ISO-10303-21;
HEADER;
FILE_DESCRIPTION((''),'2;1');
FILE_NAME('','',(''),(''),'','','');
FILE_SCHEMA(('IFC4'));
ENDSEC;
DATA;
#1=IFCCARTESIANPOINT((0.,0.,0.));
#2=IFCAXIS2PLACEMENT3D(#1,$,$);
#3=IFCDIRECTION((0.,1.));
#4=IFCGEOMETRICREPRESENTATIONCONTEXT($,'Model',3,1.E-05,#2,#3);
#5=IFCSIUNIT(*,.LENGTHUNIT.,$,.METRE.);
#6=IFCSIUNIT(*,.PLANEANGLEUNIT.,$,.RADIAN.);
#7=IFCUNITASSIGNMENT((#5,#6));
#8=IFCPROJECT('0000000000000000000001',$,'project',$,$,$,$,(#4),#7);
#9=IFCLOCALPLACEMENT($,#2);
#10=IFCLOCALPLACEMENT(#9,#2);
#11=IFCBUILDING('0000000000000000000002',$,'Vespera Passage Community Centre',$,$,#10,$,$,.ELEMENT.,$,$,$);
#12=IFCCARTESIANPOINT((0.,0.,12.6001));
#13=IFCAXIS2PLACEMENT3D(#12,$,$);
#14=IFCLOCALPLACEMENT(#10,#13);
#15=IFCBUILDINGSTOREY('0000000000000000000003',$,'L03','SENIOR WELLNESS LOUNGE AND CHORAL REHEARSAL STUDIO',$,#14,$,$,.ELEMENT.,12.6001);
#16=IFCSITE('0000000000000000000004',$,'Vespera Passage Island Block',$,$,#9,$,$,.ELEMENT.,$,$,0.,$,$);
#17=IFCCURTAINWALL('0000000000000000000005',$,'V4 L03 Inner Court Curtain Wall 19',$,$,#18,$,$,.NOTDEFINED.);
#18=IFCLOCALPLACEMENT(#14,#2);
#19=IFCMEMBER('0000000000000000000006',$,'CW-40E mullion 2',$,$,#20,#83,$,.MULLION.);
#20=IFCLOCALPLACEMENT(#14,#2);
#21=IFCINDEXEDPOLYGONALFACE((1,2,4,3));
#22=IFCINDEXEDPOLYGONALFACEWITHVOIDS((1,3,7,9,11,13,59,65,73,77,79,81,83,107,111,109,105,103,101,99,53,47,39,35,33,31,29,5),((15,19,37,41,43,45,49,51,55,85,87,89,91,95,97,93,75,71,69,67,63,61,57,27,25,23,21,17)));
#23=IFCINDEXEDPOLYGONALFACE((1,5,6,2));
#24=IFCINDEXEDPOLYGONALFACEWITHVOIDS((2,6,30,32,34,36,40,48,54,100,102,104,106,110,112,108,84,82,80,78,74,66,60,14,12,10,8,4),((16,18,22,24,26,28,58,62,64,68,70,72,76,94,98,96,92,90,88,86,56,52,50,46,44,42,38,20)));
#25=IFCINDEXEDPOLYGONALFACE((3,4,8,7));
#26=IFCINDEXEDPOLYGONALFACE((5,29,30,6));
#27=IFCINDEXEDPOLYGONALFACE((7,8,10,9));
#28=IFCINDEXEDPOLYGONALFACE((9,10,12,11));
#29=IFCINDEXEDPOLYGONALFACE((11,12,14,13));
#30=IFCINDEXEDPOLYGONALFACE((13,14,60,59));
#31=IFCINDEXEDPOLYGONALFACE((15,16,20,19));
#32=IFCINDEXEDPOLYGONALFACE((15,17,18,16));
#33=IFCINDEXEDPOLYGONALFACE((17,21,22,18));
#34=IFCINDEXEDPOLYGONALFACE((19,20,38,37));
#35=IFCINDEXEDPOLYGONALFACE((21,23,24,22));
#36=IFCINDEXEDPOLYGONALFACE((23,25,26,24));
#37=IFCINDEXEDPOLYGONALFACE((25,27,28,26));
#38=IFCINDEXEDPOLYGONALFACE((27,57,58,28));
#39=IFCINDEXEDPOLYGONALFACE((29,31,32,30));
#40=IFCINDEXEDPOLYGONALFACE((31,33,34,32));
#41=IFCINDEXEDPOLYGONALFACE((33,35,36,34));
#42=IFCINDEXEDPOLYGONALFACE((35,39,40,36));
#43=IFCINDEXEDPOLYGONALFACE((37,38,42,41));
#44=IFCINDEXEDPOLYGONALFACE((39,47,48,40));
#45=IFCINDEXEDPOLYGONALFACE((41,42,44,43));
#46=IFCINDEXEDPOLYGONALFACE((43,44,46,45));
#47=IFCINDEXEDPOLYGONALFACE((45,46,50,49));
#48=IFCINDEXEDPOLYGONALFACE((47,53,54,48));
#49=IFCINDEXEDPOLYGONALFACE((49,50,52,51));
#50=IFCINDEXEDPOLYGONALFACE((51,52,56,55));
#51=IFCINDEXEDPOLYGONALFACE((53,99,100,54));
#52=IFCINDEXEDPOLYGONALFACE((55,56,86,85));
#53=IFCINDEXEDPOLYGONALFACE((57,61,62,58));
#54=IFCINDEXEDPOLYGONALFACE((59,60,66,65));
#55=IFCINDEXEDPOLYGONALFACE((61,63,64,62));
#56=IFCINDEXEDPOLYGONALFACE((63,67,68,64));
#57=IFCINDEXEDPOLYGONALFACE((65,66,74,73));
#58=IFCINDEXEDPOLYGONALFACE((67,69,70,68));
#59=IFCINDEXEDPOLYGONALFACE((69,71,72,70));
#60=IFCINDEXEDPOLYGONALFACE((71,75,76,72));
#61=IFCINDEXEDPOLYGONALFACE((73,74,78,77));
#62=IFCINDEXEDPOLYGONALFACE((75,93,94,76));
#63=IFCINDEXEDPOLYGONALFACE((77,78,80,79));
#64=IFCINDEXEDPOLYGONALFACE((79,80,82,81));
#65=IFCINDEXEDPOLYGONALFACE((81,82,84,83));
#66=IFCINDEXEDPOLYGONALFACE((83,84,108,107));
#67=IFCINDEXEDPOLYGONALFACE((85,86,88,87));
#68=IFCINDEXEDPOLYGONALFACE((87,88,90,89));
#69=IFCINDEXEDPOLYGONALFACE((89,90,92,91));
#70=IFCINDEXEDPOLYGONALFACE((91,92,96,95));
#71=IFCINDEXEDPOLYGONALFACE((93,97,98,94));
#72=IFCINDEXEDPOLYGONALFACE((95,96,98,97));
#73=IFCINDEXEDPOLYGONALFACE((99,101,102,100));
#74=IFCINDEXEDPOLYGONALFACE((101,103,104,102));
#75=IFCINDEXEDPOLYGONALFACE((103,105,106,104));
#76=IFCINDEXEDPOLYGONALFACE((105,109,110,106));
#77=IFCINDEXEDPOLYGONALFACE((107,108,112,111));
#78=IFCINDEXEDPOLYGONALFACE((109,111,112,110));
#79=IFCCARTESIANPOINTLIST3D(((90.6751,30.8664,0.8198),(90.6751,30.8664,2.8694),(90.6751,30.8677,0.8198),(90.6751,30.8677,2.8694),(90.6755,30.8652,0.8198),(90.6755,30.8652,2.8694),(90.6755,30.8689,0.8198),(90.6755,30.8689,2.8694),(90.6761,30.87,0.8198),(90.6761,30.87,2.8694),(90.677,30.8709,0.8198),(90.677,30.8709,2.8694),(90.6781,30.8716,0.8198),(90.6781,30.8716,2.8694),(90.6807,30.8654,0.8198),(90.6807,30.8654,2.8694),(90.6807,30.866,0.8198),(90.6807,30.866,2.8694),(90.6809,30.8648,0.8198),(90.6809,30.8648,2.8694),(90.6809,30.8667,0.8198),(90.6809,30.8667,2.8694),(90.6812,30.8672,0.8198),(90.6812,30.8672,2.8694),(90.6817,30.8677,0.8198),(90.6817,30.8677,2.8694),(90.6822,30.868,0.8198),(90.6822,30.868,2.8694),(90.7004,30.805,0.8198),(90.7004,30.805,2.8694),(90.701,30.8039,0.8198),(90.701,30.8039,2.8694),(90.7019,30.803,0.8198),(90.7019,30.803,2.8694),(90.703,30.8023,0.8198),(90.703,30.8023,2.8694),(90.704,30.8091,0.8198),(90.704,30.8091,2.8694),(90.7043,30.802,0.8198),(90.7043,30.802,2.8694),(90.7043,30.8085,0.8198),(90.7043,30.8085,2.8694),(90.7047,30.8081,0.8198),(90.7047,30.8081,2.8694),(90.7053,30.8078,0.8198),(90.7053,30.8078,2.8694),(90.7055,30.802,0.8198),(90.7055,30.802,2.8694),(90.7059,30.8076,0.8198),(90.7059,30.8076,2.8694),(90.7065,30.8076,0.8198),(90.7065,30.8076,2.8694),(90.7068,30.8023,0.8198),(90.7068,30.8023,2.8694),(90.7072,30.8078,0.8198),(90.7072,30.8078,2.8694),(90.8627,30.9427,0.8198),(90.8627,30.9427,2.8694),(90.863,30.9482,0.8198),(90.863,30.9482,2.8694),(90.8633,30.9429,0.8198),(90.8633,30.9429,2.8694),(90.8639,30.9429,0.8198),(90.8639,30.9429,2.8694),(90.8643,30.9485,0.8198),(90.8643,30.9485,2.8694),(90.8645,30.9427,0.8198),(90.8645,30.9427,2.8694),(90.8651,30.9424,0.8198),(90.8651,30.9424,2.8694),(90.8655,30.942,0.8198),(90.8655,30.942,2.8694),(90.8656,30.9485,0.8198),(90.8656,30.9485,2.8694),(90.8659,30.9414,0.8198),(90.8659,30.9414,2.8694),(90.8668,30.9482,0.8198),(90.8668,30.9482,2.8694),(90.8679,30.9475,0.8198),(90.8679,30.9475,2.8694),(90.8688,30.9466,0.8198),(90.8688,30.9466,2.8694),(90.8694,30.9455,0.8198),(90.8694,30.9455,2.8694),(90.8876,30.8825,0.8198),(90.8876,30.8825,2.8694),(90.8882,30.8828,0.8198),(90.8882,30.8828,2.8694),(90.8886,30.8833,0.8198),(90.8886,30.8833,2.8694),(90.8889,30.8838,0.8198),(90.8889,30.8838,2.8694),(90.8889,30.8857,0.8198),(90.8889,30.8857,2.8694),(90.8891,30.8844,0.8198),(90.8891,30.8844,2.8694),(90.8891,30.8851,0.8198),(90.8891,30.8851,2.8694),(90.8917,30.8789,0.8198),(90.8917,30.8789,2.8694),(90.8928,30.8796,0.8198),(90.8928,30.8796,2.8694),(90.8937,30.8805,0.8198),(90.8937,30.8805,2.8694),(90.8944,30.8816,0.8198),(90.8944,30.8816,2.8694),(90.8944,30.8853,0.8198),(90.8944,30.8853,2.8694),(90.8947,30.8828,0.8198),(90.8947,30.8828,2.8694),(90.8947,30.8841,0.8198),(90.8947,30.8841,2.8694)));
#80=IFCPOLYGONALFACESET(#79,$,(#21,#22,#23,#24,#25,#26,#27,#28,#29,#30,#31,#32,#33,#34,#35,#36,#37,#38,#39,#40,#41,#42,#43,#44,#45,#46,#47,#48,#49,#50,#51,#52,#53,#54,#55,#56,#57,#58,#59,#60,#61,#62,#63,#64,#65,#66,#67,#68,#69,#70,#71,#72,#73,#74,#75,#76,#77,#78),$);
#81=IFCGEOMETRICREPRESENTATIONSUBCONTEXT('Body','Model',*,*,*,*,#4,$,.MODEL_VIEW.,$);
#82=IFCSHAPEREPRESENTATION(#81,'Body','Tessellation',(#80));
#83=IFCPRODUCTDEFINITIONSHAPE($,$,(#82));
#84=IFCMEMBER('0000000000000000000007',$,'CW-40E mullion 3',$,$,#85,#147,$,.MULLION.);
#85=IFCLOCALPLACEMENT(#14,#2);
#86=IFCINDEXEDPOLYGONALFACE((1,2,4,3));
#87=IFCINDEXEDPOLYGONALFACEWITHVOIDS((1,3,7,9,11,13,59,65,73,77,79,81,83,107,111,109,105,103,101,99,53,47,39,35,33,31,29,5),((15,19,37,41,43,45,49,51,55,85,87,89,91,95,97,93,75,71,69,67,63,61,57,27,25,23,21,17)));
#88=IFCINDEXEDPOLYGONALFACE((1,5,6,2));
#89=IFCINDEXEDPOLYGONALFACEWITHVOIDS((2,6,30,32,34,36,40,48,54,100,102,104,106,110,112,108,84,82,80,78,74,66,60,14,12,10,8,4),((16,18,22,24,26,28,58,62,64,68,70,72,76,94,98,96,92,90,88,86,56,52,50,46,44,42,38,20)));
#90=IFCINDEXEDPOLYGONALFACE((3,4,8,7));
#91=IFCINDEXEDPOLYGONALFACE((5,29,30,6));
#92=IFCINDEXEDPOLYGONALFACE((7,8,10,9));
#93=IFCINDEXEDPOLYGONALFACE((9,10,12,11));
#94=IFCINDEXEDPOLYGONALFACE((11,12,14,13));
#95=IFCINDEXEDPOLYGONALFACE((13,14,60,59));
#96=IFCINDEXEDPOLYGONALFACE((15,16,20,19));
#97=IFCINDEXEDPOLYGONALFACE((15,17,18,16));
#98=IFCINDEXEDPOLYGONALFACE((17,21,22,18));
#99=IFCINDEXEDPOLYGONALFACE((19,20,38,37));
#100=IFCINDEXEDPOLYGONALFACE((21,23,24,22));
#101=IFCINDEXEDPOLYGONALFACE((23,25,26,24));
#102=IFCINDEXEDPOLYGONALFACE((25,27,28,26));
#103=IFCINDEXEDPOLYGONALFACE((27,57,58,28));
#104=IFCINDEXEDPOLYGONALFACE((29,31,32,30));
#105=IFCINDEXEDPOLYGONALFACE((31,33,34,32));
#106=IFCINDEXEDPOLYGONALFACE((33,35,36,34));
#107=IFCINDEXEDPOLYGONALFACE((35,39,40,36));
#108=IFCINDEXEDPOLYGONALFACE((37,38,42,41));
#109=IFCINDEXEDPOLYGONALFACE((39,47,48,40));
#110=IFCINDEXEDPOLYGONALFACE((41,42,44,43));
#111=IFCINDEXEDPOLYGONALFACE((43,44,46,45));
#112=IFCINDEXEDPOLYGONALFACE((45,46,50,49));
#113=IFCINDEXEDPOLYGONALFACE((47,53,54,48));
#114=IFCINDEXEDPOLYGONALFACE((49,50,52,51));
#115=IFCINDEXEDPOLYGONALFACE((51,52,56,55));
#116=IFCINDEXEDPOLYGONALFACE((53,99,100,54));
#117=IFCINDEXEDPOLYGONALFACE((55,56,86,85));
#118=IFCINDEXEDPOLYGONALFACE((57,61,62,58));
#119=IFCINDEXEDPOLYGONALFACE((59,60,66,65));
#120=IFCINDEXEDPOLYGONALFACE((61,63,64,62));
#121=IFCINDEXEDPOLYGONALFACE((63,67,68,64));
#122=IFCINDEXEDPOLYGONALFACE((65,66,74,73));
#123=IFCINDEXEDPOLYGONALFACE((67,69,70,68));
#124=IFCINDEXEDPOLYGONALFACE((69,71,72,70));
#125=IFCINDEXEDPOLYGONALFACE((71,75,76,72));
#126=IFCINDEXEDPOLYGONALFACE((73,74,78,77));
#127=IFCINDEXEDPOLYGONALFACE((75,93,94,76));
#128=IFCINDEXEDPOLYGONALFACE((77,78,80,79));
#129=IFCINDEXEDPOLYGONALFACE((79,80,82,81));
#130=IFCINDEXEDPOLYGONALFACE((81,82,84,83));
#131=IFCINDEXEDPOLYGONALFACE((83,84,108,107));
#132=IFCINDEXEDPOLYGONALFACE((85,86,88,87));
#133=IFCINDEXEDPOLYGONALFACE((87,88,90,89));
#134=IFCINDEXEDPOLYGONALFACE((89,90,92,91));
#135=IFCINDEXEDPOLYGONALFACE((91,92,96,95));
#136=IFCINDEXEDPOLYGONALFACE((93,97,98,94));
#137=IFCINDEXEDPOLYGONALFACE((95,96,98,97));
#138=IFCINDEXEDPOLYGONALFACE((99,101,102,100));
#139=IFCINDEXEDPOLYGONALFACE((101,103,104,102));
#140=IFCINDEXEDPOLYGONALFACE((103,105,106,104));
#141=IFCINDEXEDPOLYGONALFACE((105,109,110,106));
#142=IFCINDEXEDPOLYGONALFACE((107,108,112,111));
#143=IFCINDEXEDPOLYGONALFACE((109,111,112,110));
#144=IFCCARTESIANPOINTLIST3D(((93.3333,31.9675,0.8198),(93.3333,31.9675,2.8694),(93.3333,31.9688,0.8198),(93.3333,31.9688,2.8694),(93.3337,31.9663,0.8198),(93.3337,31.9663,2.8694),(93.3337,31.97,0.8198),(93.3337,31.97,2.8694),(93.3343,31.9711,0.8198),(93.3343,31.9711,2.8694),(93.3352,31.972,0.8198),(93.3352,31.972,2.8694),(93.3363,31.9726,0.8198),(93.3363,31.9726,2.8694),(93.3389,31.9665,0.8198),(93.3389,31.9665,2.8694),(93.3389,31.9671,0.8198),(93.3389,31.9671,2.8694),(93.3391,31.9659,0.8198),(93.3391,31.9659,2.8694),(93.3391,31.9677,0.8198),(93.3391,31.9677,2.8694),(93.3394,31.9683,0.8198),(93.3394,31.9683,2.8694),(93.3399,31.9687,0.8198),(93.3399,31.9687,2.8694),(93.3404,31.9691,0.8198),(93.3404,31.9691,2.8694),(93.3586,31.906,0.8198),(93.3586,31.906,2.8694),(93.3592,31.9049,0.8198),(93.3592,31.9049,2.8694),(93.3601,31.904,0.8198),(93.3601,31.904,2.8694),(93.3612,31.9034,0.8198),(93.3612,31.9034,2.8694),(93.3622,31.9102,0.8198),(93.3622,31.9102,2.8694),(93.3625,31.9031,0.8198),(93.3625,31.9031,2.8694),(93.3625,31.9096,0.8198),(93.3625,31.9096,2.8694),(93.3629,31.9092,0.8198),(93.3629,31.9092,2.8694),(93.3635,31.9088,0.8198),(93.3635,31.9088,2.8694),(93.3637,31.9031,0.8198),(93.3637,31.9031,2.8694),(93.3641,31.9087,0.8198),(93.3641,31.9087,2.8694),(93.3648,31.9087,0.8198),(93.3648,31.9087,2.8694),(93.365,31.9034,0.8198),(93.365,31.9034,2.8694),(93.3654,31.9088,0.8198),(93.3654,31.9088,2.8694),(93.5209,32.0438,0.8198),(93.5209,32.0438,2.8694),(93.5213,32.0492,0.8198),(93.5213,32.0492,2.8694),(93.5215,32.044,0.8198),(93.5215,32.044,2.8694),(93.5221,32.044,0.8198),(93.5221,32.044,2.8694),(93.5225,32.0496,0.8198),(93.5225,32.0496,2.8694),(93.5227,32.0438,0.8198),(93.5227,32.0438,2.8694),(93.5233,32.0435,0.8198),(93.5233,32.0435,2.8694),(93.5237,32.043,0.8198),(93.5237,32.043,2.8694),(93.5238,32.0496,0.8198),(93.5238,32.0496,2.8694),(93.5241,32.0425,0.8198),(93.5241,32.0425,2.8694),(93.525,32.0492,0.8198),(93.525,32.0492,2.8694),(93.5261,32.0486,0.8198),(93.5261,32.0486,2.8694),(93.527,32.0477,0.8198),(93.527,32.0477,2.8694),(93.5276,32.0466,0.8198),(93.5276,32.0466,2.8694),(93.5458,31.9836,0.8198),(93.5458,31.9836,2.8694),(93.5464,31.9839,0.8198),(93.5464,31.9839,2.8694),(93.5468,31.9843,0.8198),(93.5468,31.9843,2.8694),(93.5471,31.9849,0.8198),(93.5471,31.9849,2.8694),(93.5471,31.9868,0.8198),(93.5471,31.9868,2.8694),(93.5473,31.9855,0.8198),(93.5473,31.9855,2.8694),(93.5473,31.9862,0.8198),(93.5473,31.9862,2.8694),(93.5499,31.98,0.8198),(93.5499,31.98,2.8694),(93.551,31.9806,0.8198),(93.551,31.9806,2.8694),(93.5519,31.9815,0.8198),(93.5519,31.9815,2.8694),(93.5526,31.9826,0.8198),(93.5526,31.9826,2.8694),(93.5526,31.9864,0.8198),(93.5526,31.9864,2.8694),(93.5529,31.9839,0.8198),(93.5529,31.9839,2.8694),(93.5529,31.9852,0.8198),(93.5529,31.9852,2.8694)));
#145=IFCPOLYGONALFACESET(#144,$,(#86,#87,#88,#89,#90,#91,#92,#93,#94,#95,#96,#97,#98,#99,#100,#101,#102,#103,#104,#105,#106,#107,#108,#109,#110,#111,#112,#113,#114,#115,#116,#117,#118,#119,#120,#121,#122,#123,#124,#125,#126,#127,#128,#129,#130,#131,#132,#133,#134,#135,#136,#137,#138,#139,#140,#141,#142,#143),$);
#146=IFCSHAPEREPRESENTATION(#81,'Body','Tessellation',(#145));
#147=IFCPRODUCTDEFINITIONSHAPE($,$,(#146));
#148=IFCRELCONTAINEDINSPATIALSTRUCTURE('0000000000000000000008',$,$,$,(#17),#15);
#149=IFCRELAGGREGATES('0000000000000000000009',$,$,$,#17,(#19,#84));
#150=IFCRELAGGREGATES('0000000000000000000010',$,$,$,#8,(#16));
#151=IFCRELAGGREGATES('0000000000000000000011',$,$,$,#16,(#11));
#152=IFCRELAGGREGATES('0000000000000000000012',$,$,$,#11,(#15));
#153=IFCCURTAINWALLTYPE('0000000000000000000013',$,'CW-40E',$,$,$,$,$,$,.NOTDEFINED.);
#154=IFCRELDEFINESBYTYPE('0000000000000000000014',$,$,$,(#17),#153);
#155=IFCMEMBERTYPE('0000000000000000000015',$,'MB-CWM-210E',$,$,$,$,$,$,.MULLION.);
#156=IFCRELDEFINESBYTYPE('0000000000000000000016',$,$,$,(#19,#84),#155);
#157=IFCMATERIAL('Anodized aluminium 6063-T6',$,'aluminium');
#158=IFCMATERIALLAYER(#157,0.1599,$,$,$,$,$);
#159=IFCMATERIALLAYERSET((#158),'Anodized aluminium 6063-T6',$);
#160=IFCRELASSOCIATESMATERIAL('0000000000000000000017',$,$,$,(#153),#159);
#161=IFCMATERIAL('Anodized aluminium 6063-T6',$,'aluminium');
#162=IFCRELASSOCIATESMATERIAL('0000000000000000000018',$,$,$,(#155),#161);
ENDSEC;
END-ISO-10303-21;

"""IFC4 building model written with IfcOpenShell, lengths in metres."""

from ifc_helpers import new_model, si_unit, direction, frame, origin, origin_2d, place, context, subcontext, project, spatial, hollow_rectangle, extrude, material, layer, layer_set, material_profile, profile_set, type_object, element, aggregate, save


model = new_model("IFC4")

# Units and contexts
model_context = context("Model", 3, precision=1e-05, world=origin(), true_north=direction((0.0, 1.0)))
body_context = subcontext(model_context, "Body", "Model", "MODEL_VIEW")
ifc_project = project(units=[si_unit("LENGTHUNIT", "METRE"), si_unit("PLANEANGLEUNIT", "RADIAN")], contexts=[model_context])

# Site, building, storey
site_placement = place(None, origin())
site = spatial("IfcSite", under=ifc_project, at=site_placement, Name="Vespera Passage Island Block", CompositionType="ELEMENT", RefElevation=0.0)
building_placement = place(site_placement, origin())
building = spatial("IfcBuilding", under=site, at=building_placement, Name="Vespera Passage Community Centre", CompositionType="ELEMENT")
storey_placement = place(building_placement, frame((0.0, 0.0, 12.6001)))
storey = spatial("IfcBuildingStorey", under=building, at=storey_placement, Name="L03", Description="SENIOR WELLNESS LOUNGE AND CHORAL REHEARSAL STUDIO", CompositionType="ELEMENT", Elevation=12.6001)

# Curtain wall, members
ifc_material_1 = material(Name="Anodized aluminium 6063-T6", Category="aluminium")
ifc_layer_1 = layer(ifc_material_1, 0.1599)
ifc_layer_set_1 = layer_set([ifc_layer_1], Name="Anodized aluminium 6063-T6")
curtain_wall_type = type_object("IfcCurtainWallType", Name="CW-40E", PredefinedType="NOTDEFINED", material=ifc_layer_set_1)
ifc_material_2 = material(Name="Anodized aluminium 6063-T6", Category="aluminium")
ifc_material_profile_1 = material_profile(ifc_material_2, hollow_rectangle(XDim=0.075, YDim=0.21, WallThickness=0.0049, InnerFilletRadius=0.0024, OuterFilletRadius=0.0049, at=origin_2d()), Name="ALU210X75X5")
ifc_profile_set_1 = profile_set([ifc_material_profile_1], Name="Anodized aluminium 6063-T6")
member_type_1 = type_object("IfcMemberType", Name="MB-CWM-210E", PredefinedType="MULLION", material=ifc_profile_set_1)
curtain_wall_1_placement = place(storey_placement, origin())
curtain_wall_1 = element("IfcCurtainWall", 1, at=curtain_wall_1_placement, inside=storey, type_object=curtain_wall_type, Name="V4 L03 Inner Court Curtain Wall 19", PredefinedType="NOTDEFINED")
member_1_placement = place(storey_placement, frame((90.7849, 30.8752, 0.8198), z_axis=(0.0, 0.0, 1.0), x_axis=(-0.38269, 0.923877, 0.0)))
member_1 = element("IfcMember", 2, at=member_1_placement, type_object=member_type_1, Name="CW-40E mullion 2", PredefinedType="MULLION", context=body_context, shape_type="SweptSolid", body=[
    extrude(hollow_rectangle(XDim=0.075, YDim=0.21, WallThickness=0.0049, InnerFilletRadius=0.0024, OuterFilletRadius=0.0049, at=origin_2d()), origin(), (0.0, 0.0, 1.0), 2.0496),
])
member_2_placement = place(storey_placement, frame((93.4431, 31.9763, 0.8198), z_axis=(0.0, 0.0, 1.0), x_axis=(-0.38269, 0.923877, 0.0)))
member_2 = element("IfcMember", 3, at=member_2_placement, type_object=member_type_1, Name="CW-40E mullion 3", PredefinedType="MULLION", context=body_context, shape_type="SweptSolid", body=[
    extrude(hollow_rectangle(XDim=0.075, YDim=0.21, WallThickness=0.0049, InnerFilletRadius=0.0024, OuterFilletRadius=0.0049, at=origin_2d()), origin(), (0.0, 0.0, 1.0), 2.0496),
])

aggregate(curtain_wall_1, [member_1, member_2])

save(model, "model.ifc")
